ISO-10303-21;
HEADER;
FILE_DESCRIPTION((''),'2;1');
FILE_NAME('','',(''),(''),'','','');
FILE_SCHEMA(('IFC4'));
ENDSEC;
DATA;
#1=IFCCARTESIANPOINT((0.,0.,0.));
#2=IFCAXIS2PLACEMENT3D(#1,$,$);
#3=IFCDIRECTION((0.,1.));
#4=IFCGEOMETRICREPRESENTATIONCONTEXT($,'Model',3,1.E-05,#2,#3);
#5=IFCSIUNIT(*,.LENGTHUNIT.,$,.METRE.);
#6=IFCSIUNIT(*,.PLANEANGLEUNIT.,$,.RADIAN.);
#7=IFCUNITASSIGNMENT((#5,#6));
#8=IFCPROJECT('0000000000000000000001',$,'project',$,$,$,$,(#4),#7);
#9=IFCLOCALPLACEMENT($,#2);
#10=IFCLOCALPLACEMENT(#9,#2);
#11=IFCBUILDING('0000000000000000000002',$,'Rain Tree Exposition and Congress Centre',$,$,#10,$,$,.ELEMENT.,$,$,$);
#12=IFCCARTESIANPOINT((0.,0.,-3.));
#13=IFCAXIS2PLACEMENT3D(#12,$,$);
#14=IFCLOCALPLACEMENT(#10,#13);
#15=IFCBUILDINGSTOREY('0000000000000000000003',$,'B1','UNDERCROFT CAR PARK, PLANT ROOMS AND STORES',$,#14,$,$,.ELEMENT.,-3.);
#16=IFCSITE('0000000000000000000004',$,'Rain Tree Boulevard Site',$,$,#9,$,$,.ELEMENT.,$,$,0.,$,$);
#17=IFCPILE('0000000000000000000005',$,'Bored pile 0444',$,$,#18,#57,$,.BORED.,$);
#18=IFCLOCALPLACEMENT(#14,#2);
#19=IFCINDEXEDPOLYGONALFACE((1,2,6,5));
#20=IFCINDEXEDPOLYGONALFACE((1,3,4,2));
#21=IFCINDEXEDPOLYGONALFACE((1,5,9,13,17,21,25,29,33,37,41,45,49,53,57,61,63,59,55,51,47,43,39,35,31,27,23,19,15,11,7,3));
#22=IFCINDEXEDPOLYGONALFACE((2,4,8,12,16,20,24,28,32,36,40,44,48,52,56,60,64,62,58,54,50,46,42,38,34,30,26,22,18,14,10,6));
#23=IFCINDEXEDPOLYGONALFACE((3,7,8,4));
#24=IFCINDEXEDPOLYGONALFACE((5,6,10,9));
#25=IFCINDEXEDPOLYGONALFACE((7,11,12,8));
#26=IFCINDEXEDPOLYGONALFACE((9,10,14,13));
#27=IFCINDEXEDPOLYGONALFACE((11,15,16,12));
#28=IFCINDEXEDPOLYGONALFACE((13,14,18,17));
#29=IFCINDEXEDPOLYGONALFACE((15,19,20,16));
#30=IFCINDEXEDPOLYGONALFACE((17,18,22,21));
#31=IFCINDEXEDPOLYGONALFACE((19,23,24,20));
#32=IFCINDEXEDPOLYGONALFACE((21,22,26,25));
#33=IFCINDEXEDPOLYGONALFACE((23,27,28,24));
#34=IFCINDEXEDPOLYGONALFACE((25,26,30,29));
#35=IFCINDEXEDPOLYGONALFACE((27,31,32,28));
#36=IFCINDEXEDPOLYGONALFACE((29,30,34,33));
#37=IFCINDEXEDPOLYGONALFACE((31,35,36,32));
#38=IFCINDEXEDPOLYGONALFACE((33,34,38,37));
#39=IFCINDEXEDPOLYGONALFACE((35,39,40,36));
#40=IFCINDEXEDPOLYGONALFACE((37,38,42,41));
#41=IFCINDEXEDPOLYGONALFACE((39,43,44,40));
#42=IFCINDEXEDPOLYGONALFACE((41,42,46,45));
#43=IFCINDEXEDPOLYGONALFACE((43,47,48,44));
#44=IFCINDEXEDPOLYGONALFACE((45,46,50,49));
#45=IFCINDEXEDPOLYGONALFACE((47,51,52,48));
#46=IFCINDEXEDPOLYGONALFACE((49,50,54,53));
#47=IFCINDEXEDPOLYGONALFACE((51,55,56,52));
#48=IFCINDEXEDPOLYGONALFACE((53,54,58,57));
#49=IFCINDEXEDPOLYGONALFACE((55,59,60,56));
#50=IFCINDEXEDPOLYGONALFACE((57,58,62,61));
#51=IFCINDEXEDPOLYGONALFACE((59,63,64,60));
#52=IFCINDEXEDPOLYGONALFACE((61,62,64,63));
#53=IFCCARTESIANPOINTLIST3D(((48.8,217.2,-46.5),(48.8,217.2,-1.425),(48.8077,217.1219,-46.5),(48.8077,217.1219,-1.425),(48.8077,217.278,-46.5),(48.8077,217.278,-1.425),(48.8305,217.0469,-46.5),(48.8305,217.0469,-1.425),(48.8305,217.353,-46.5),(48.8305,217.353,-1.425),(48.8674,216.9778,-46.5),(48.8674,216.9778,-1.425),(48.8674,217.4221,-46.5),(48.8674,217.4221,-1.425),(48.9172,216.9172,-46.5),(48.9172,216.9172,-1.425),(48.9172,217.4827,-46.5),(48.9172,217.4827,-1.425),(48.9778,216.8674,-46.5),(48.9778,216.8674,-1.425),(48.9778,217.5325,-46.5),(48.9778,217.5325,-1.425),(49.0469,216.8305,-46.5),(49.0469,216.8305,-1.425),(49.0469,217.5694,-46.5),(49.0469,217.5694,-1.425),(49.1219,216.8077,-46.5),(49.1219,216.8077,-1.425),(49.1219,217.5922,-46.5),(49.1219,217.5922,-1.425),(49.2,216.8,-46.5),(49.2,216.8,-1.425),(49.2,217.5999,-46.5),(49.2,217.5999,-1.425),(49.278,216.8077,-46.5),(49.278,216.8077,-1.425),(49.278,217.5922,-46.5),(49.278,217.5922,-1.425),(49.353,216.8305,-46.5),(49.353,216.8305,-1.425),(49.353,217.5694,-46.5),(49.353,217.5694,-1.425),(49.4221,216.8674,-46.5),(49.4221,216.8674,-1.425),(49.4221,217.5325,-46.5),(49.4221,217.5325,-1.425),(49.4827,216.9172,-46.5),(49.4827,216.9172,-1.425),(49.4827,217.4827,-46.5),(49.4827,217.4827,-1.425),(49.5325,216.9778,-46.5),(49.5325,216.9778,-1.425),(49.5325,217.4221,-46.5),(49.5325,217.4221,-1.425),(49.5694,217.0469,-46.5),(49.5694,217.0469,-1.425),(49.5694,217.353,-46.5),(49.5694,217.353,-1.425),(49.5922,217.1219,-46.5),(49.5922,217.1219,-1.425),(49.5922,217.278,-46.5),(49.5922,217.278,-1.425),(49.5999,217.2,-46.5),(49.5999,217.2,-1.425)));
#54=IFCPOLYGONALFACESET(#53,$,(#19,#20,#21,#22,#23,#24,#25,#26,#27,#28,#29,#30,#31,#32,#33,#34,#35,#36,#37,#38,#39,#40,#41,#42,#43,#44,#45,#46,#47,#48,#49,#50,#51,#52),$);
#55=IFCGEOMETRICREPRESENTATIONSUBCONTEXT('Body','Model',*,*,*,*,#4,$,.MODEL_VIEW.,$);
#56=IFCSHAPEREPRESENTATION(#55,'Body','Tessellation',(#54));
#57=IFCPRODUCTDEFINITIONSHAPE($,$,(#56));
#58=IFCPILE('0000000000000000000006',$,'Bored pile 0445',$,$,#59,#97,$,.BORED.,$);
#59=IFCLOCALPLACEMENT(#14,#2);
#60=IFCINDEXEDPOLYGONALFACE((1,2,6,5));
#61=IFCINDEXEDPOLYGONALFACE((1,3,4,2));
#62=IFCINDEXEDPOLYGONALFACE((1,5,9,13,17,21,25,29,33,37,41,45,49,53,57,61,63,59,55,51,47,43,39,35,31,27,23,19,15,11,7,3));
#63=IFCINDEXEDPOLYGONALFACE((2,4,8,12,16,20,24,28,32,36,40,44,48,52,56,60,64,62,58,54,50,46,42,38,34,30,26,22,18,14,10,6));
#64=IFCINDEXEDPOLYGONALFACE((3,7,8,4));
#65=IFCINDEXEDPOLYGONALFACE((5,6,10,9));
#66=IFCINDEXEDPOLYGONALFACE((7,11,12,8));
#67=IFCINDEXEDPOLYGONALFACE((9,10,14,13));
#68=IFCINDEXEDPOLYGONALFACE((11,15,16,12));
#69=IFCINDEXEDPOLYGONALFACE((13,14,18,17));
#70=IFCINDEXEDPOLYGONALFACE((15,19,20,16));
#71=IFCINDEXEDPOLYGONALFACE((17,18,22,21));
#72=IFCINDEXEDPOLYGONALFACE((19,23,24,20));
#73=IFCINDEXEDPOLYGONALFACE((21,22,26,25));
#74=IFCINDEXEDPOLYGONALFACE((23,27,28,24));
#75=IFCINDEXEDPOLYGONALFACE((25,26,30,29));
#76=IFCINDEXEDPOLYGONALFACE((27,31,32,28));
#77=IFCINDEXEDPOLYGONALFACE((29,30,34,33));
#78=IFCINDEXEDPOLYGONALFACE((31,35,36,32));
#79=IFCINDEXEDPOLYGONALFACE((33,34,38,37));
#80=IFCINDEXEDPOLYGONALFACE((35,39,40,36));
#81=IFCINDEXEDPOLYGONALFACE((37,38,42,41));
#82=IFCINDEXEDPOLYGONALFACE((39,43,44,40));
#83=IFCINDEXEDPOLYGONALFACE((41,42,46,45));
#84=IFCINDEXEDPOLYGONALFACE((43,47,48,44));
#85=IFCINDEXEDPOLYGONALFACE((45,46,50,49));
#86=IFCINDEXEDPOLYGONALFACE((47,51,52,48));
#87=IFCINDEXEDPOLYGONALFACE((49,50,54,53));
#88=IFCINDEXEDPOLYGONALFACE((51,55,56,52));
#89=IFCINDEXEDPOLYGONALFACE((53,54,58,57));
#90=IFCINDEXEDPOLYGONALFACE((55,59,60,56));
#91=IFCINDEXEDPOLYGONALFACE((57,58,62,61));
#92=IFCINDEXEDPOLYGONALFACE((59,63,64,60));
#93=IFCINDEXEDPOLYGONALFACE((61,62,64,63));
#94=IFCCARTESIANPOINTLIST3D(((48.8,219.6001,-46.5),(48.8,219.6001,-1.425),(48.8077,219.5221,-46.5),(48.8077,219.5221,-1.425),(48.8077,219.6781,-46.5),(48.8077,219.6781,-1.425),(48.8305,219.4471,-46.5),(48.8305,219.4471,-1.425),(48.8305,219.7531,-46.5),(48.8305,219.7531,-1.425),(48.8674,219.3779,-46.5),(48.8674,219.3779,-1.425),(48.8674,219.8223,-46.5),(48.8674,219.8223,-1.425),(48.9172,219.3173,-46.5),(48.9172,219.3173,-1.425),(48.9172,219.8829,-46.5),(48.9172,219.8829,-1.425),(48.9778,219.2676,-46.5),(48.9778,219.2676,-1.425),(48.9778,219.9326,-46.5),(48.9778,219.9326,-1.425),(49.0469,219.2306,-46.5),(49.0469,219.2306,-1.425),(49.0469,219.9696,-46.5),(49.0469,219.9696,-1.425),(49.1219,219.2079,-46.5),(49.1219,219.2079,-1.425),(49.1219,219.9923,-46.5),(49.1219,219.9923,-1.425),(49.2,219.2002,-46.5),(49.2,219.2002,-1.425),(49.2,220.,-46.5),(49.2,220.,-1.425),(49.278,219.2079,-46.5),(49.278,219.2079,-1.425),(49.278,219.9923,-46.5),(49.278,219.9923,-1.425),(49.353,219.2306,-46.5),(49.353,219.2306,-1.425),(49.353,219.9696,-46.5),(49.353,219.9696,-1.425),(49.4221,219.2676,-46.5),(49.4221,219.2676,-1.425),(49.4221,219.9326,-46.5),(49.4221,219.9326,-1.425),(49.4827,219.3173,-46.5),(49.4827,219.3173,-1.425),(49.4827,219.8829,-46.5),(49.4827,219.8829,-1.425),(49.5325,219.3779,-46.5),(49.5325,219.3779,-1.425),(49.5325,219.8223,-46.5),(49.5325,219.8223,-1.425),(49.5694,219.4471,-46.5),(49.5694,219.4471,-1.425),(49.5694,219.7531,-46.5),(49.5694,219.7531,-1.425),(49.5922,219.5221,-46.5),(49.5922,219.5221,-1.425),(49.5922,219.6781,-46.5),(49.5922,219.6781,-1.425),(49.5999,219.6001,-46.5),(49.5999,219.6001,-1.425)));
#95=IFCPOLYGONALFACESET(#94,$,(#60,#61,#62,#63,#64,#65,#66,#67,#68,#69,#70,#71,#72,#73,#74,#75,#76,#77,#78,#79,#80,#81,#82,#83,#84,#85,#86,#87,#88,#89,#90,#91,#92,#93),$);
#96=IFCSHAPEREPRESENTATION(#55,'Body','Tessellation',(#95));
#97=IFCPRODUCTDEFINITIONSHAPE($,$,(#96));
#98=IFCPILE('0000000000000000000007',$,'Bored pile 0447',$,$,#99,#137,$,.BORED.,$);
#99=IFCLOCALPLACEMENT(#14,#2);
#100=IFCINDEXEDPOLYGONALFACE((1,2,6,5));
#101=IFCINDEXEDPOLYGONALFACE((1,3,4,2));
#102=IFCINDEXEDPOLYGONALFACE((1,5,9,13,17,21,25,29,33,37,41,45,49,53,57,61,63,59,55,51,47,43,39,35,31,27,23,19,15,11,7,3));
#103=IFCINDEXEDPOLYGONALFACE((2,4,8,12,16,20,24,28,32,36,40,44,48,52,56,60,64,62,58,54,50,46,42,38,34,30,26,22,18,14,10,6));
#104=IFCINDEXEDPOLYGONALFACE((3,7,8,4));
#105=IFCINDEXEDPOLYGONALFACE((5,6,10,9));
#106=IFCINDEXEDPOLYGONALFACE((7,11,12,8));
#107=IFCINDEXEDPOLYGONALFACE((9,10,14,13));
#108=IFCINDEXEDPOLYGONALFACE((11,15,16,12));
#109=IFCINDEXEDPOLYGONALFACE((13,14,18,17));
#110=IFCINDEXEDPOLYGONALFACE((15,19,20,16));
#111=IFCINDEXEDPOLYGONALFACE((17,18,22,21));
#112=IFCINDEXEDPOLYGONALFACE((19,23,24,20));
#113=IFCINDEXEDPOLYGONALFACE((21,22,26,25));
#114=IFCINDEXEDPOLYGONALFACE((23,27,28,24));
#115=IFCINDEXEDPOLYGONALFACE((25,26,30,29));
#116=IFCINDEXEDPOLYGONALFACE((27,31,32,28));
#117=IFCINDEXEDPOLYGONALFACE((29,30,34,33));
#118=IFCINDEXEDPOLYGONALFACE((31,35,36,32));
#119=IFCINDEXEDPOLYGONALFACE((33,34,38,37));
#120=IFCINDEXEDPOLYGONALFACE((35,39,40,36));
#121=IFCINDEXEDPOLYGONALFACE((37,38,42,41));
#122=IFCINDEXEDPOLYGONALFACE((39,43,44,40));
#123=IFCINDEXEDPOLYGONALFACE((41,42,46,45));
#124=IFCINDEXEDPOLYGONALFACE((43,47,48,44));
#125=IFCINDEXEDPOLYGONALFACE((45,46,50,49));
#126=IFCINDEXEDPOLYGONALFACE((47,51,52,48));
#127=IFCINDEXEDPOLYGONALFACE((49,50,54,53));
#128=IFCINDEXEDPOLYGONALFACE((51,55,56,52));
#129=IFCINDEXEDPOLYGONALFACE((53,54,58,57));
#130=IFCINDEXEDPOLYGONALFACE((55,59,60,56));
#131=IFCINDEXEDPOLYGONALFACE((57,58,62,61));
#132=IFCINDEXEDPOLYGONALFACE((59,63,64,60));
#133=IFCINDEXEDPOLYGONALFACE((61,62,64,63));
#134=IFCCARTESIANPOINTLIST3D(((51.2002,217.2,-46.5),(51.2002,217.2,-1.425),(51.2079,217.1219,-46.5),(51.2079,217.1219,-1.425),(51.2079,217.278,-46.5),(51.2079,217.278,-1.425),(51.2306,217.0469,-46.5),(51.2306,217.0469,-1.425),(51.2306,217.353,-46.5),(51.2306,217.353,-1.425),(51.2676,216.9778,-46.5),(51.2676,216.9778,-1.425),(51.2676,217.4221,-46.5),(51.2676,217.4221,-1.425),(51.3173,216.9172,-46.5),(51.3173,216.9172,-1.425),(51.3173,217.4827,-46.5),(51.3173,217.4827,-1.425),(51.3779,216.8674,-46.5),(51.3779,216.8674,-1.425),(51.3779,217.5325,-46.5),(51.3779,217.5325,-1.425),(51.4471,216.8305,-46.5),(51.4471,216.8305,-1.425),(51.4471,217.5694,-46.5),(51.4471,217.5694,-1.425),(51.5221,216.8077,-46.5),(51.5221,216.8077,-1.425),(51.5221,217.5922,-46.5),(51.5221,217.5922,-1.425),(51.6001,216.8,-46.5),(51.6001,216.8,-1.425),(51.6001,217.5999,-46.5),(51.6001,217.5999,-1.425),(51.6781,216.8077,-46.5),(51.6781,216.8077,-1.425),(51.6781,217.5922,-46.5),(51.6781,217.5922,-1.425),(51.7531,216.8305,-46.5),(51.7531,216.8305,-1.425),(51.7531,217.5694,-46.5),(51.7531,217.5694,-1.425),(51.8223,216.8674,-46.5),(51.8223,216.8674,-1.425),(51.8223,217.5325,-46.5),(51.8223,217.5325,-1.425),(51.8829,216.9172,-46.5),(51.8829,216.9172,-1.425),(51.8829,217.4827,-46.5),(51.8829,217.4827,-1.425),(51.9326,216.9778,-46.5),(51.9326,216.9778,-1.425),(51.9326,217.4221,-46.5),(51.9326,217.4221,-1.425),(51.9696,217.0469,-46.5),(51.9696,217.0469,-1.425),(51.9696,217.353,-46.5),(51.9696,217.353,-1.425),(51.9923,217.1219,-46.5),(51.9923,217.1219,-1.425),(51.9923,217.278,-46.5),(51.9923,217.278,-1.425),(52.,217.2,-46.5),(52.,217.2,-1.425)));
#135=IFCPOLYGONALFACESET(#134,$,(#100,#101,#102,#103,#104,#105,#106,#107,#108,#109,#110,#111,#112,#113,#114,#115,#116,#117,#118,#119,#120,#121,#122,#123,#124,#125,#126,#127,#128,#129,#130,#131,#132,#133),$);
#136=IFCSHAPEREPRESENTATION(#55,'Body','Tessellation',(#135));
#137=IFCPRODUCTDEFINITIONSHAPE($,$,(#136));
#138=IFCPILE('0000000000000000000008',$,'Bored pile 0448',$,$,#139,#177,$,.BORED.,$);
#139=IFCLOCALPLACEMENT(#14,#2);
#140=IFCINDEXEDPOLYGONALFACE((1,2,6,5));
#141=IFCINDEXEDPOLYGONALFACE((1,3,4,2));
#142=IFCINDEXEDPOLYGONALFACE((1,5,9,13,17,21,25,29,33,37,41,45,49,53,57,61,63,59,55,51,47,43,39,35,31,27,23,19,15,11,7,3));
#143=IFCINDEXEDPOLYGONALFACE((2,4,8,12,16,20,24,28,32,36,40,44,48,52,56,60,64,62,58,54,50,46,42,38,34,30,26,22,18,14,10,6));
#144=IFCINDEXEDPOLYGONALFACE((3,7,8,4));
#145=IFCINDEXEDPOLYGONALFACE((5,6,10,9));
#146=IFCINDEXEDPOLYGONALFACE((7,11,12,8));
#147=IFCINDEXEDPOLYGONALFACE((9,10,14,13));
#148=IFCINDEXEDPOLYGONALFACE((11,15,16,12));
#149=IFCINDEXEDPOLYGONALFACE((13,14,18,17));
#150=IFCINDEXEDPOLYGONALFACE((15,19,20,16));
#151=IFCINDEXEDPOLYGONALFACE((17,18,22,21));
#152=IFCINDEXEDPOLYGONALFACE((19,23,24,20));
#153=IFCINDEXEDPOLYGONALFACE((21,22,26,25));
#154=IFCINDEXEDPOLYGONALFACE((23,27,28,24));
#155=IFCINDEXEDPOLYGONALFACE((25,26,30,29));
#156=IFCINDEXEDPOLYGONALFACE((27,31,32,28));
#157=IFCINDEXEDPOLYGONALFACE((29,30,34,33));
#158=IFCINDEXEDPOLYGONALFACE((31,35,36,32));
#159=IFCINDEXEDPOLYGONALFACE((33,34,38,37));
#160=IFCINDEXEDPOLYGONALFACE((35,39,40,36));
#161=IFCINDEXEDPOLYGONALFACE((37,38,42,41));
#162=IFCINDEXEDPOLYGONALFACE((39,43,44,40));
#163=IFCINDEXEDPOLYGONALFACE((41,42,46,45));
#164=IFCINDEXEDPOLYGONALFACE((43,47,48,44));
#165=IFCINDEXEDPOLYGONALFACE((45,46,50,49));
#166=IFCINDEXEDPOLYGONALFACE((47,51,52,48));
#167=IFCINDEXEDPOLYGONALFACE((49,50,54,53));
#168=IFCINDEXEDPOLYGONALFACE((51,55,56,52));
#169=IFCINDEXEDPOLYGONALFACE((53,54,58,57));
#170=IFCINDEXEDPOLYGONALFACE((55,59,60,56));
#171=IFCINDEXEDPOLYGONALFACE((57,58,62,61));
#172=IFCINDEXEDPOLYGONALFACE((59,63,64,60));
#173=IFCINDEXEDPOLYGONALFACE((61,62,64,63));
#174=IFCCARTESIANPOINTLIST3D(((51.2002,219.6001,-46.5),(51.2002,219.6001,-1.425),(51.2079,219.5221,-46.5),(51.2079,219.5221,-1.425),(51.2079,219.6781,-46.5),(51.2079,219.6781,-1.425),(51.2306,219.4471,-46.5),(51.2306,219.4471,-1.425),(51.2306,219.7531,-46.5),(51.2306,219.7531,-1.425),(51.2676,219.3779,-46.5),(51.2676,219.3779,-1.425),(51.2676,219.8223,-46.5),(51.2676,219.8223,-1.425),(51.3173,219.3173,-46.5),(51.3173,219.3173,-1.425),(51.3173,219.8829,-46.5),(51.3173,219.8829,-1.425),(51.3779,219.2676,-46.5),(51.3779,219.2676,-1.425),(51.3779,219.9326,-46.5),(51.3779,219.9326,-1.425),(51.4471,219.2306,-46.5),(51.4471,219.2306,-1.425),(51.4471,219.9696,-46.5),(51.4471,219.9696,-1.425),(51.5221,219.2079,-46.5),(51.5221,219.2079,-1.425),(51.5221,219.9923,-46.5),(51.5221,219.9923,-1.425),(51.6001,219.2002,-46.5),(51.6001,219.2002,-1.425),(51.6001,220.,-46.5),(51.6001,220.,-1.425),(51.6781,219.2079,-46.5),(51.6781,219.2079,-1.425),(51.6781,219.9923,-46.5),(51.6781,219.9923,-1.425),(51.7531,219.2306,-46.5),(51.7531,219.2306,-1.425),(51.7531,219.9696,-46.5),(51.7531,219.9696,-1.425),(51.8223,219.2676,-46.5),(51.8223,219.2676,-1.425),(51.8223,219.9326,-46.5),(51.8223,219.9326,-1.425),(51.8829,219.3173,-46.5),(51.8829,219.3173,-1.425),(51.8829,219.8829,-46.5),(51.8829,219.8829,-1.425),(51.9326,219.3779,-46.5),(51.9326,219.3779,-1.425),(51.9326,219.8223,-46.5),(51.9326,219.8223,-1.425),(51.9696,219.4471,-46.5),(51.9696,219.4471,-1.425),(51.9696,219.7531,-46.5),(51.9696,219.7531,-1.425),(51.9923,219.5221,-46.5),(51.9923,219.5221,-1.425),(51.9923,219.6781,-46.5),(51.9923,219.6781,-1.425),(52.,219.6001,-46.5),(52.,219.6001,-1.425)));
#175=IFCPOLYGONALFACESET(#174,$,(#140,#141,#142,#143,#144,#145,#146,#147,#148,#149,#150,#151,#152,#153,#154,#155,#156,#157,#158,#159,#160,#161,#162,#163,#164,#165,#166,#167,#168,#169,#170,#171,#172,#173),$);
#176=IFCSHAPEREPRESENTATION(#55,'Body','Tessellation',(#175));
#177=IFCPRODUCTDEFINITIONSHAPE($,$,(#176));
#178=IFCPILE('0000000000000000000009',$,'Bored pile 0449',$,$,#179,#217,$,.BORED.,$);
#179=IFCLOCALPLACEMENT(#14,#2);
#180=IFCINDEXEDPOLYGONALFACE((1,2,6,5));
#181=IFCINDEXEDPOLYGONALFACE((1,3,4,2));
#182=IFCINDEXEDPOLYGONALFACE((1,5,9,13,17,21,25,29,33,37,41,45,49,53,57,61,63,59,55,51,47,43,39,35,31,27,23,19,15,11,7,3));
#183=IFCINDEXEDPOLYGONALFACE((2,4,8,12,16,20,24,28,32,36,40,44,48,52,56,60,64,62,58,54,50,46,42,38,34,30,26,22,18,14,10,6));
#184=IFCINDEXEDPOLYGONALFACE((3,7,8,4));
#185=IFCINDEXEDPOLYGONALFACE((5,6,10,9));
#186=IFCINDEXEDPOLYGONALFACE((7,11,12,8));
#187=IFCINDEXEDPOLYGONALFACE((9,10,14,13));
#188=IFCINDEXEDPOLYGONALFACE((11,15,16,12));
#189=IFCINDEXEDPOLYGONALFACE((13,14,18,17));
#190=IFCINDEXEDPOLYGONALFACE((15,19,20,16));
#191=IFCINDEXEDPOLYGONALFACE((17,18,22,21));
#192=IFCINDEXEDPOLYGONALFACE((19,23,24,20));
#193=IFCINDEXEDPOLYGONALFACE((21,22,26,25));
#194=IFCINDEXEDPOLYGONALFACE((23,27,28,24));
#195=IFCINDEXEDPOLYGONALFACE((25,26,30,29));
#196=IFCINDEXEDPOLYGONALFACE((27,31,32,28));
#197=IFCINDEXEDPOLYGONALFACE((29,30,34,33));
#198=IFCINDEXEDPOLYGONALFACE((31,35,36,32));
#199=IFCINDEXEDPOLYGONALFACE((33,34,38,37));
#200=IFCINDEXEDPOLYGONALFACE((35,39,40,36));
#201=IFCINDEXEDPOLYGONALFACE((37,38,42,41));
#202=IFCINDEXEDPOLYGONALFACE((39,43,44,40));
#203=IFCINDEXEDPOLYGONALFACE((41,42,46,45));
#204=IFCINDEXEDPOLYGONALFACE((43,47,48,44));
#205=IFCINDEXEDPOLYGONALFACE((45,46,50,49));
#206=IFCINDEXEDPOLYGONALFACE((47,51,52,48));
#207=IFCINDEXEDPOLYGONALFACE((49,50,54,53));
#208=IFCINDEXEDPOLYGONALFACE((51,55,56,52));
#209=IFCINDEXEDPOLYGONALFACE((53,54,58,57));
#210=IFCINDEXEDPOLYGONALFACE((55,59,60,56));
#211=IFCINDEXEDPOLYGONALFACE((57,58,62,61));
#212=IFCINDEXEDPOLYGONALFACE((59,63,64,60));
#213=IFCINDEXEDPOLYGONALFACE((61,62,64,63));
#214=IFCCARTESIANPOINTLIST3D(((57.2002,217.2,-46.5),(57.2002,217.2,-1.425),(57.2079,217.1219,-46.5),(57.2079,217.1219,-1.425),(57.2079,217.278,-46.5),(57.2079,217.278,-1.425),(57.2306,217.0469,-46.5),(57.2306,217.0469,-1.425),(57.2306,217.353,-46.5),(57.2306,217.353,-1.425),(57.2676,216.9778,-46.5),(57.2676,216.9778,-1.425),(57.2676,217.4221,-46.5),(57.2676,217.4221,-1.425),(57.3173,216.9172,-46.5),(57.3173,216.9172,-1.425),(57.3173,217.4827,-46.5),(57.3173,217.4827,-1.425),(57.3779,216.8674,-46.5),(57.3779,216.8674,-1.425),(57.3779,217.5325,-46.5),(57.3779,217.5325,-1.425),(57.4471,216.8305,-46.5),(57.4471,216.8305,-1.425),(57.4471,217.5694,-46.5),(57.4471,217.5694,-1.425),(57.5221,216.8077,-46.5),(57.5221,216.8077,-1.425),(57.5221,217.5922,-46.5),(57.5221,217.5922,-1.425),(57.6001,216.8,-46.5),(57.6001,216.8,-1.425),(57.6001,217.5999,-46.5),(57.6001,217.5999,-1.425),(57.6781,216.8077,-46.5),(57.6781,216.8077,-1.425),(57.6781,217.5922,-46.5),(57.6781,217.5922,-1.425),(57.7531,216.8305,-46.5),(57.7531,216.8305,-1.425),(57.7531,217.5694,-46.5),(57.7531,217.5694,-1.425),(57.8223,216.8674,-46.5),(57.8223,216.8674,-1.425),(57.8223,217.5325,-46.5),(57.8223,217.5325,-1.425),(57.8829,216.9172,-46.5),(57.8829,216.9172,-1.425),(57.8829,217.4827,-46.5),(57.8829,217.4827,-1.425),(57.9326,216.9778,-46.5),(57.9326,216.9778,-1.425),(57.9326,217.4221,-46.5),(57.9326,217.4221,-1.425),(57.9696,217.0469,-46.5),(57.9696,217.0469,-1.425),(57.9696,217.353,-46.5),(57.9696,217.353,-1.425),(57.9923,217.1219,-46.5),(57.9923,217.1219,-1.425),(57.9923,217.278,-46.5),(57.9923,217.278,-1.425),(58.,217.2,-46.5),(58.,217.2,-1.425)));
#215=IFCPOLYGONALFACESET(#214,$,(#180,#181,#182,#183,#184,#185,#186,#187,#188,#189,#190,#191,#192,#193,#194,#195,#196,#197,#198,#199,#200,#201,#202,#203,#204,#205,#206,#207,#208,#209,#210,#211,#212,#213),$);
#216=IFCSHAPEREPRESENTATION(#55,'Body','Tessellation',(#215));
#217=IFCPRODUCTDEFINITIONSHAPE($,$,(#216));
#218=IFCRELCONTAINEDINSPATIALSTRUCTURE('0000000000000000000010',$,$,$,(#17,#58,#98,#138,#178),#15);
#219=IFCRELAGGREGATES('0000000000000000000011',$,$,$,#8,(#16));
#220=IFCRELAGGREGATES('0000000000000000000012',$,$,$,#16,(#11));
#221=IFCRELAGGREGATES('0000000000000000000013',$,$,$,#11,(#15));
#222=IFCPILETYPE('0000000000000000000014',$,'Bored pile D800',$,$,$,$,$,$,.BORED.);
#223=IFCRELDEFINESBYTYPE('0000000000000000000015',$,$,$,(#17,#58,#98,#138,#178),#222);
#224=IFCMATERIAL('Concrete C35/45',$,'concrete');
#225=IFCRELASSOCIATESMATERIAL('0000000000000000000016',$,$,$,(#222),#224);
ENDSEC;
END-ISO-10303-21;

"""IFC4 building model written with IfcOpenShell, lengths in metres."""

from ifc_helpers import new_model, si_unit, direction, frame, origin, origin_2d, place, context, subcontext, project, spatial, circle, extrude, material, material_profile, profile_set, type_object, element, save


model = new_model("IFC4")

# Units and contexts
model_context = context("Model", 3, precision=1e-05, world=origin(), true_north=direction((0.0, 1.0)))
body_context = subcontext(model_context, "Body", "Model", "MODEL_VIEW")
ifc_project = project(units=[si_unit("LENGTHUNIT", "METRE"), si_unit("PLANEANGLEUNIT", "RADIAN")], contexts=[model_context])

# Site, building, storey
site_placement = place(None, origin())
site = spatial("IfcSite", under=ifc_project, at=site_placement, Name="Rain Tree Boulevard Site", CompositionType="ELEMENT", RefElevation=0.0)
building_placement = place(site_placement, origin())
building = spatial("IfcBuilding", under=site, at=building_placement, Name="Rain Tree Exposition and Congress Centre", CompositionType="ELEMENT")
storey_placement = place(building_placement, frame((0.0, 0.0, -3.0)))
storey = spatial("IfcBuildingStorey", under=building, at=storey_placement, Name="B1", Description="UNDERCROFT CAR PARK, PLANT ROOMS AND STORES", CompositionType="ELEMENT", Elevation=-3.0)

# Piles
ifc_material_1 = material(Name="Concrete C35/45", Category="concrete")
ifc_material_profile_1 = material_profile(ifc_material_1, circle(Radius=0.3999, at=origin_2d()), Name="D800")
ifc_profile_set_1 = profile_set([ifc_material_profile_1], Name="Concrete C35/45")
pile_type_1 = type_object("IfcPileType", Name="Bored pile D800", PredefinedType="BORED", material=ifc_profile_set_1)
for number, where, z_axis, x_axis, name in (
    (1, (49.2, 217.2, -1.425), (0.0, 0.0, -1.0), (1.0, 0.0, 0.0), "Bored pile 0444"),
    (2, (49.2, 219.6001, -1.425), (0.0, 0.0, -1.0), (1.0, 0.0, 0.0), "Bored pile 0445"),
    (3, (51.6001, 217.2, -1.425), (0.0, 0.0, -1.0), (1.0, 0.0, 0.0), "Bored pile 0447"),
    (4, (51.6001, 219.6001, -1.425), (0.0, 0.0, -1.0), (1.0, 0.0, 0.0), "Bored pile 0448"),
    (5, (57.6001, 217.2, -1.425), (0.0, 0.0, -1.0), (1.0, 0.0, 0.0), "Bored pile 0449"),
):
    element("IfcPile", number, at=place(storey_placement, frame(where, z_axis=z_axis, x_axis=x_axis)), inside=storey, type_object=pile_type_1, Name=name, PredefinedType="BORED", context=body_context, shape_type="SweptSolid", body=[
        extrude(circle(Radius=0.3999, at=origin_2d()), origin(), (0.0, 0.0, 1.0), 45.075),
    ])

save(model, "model.ifc")
